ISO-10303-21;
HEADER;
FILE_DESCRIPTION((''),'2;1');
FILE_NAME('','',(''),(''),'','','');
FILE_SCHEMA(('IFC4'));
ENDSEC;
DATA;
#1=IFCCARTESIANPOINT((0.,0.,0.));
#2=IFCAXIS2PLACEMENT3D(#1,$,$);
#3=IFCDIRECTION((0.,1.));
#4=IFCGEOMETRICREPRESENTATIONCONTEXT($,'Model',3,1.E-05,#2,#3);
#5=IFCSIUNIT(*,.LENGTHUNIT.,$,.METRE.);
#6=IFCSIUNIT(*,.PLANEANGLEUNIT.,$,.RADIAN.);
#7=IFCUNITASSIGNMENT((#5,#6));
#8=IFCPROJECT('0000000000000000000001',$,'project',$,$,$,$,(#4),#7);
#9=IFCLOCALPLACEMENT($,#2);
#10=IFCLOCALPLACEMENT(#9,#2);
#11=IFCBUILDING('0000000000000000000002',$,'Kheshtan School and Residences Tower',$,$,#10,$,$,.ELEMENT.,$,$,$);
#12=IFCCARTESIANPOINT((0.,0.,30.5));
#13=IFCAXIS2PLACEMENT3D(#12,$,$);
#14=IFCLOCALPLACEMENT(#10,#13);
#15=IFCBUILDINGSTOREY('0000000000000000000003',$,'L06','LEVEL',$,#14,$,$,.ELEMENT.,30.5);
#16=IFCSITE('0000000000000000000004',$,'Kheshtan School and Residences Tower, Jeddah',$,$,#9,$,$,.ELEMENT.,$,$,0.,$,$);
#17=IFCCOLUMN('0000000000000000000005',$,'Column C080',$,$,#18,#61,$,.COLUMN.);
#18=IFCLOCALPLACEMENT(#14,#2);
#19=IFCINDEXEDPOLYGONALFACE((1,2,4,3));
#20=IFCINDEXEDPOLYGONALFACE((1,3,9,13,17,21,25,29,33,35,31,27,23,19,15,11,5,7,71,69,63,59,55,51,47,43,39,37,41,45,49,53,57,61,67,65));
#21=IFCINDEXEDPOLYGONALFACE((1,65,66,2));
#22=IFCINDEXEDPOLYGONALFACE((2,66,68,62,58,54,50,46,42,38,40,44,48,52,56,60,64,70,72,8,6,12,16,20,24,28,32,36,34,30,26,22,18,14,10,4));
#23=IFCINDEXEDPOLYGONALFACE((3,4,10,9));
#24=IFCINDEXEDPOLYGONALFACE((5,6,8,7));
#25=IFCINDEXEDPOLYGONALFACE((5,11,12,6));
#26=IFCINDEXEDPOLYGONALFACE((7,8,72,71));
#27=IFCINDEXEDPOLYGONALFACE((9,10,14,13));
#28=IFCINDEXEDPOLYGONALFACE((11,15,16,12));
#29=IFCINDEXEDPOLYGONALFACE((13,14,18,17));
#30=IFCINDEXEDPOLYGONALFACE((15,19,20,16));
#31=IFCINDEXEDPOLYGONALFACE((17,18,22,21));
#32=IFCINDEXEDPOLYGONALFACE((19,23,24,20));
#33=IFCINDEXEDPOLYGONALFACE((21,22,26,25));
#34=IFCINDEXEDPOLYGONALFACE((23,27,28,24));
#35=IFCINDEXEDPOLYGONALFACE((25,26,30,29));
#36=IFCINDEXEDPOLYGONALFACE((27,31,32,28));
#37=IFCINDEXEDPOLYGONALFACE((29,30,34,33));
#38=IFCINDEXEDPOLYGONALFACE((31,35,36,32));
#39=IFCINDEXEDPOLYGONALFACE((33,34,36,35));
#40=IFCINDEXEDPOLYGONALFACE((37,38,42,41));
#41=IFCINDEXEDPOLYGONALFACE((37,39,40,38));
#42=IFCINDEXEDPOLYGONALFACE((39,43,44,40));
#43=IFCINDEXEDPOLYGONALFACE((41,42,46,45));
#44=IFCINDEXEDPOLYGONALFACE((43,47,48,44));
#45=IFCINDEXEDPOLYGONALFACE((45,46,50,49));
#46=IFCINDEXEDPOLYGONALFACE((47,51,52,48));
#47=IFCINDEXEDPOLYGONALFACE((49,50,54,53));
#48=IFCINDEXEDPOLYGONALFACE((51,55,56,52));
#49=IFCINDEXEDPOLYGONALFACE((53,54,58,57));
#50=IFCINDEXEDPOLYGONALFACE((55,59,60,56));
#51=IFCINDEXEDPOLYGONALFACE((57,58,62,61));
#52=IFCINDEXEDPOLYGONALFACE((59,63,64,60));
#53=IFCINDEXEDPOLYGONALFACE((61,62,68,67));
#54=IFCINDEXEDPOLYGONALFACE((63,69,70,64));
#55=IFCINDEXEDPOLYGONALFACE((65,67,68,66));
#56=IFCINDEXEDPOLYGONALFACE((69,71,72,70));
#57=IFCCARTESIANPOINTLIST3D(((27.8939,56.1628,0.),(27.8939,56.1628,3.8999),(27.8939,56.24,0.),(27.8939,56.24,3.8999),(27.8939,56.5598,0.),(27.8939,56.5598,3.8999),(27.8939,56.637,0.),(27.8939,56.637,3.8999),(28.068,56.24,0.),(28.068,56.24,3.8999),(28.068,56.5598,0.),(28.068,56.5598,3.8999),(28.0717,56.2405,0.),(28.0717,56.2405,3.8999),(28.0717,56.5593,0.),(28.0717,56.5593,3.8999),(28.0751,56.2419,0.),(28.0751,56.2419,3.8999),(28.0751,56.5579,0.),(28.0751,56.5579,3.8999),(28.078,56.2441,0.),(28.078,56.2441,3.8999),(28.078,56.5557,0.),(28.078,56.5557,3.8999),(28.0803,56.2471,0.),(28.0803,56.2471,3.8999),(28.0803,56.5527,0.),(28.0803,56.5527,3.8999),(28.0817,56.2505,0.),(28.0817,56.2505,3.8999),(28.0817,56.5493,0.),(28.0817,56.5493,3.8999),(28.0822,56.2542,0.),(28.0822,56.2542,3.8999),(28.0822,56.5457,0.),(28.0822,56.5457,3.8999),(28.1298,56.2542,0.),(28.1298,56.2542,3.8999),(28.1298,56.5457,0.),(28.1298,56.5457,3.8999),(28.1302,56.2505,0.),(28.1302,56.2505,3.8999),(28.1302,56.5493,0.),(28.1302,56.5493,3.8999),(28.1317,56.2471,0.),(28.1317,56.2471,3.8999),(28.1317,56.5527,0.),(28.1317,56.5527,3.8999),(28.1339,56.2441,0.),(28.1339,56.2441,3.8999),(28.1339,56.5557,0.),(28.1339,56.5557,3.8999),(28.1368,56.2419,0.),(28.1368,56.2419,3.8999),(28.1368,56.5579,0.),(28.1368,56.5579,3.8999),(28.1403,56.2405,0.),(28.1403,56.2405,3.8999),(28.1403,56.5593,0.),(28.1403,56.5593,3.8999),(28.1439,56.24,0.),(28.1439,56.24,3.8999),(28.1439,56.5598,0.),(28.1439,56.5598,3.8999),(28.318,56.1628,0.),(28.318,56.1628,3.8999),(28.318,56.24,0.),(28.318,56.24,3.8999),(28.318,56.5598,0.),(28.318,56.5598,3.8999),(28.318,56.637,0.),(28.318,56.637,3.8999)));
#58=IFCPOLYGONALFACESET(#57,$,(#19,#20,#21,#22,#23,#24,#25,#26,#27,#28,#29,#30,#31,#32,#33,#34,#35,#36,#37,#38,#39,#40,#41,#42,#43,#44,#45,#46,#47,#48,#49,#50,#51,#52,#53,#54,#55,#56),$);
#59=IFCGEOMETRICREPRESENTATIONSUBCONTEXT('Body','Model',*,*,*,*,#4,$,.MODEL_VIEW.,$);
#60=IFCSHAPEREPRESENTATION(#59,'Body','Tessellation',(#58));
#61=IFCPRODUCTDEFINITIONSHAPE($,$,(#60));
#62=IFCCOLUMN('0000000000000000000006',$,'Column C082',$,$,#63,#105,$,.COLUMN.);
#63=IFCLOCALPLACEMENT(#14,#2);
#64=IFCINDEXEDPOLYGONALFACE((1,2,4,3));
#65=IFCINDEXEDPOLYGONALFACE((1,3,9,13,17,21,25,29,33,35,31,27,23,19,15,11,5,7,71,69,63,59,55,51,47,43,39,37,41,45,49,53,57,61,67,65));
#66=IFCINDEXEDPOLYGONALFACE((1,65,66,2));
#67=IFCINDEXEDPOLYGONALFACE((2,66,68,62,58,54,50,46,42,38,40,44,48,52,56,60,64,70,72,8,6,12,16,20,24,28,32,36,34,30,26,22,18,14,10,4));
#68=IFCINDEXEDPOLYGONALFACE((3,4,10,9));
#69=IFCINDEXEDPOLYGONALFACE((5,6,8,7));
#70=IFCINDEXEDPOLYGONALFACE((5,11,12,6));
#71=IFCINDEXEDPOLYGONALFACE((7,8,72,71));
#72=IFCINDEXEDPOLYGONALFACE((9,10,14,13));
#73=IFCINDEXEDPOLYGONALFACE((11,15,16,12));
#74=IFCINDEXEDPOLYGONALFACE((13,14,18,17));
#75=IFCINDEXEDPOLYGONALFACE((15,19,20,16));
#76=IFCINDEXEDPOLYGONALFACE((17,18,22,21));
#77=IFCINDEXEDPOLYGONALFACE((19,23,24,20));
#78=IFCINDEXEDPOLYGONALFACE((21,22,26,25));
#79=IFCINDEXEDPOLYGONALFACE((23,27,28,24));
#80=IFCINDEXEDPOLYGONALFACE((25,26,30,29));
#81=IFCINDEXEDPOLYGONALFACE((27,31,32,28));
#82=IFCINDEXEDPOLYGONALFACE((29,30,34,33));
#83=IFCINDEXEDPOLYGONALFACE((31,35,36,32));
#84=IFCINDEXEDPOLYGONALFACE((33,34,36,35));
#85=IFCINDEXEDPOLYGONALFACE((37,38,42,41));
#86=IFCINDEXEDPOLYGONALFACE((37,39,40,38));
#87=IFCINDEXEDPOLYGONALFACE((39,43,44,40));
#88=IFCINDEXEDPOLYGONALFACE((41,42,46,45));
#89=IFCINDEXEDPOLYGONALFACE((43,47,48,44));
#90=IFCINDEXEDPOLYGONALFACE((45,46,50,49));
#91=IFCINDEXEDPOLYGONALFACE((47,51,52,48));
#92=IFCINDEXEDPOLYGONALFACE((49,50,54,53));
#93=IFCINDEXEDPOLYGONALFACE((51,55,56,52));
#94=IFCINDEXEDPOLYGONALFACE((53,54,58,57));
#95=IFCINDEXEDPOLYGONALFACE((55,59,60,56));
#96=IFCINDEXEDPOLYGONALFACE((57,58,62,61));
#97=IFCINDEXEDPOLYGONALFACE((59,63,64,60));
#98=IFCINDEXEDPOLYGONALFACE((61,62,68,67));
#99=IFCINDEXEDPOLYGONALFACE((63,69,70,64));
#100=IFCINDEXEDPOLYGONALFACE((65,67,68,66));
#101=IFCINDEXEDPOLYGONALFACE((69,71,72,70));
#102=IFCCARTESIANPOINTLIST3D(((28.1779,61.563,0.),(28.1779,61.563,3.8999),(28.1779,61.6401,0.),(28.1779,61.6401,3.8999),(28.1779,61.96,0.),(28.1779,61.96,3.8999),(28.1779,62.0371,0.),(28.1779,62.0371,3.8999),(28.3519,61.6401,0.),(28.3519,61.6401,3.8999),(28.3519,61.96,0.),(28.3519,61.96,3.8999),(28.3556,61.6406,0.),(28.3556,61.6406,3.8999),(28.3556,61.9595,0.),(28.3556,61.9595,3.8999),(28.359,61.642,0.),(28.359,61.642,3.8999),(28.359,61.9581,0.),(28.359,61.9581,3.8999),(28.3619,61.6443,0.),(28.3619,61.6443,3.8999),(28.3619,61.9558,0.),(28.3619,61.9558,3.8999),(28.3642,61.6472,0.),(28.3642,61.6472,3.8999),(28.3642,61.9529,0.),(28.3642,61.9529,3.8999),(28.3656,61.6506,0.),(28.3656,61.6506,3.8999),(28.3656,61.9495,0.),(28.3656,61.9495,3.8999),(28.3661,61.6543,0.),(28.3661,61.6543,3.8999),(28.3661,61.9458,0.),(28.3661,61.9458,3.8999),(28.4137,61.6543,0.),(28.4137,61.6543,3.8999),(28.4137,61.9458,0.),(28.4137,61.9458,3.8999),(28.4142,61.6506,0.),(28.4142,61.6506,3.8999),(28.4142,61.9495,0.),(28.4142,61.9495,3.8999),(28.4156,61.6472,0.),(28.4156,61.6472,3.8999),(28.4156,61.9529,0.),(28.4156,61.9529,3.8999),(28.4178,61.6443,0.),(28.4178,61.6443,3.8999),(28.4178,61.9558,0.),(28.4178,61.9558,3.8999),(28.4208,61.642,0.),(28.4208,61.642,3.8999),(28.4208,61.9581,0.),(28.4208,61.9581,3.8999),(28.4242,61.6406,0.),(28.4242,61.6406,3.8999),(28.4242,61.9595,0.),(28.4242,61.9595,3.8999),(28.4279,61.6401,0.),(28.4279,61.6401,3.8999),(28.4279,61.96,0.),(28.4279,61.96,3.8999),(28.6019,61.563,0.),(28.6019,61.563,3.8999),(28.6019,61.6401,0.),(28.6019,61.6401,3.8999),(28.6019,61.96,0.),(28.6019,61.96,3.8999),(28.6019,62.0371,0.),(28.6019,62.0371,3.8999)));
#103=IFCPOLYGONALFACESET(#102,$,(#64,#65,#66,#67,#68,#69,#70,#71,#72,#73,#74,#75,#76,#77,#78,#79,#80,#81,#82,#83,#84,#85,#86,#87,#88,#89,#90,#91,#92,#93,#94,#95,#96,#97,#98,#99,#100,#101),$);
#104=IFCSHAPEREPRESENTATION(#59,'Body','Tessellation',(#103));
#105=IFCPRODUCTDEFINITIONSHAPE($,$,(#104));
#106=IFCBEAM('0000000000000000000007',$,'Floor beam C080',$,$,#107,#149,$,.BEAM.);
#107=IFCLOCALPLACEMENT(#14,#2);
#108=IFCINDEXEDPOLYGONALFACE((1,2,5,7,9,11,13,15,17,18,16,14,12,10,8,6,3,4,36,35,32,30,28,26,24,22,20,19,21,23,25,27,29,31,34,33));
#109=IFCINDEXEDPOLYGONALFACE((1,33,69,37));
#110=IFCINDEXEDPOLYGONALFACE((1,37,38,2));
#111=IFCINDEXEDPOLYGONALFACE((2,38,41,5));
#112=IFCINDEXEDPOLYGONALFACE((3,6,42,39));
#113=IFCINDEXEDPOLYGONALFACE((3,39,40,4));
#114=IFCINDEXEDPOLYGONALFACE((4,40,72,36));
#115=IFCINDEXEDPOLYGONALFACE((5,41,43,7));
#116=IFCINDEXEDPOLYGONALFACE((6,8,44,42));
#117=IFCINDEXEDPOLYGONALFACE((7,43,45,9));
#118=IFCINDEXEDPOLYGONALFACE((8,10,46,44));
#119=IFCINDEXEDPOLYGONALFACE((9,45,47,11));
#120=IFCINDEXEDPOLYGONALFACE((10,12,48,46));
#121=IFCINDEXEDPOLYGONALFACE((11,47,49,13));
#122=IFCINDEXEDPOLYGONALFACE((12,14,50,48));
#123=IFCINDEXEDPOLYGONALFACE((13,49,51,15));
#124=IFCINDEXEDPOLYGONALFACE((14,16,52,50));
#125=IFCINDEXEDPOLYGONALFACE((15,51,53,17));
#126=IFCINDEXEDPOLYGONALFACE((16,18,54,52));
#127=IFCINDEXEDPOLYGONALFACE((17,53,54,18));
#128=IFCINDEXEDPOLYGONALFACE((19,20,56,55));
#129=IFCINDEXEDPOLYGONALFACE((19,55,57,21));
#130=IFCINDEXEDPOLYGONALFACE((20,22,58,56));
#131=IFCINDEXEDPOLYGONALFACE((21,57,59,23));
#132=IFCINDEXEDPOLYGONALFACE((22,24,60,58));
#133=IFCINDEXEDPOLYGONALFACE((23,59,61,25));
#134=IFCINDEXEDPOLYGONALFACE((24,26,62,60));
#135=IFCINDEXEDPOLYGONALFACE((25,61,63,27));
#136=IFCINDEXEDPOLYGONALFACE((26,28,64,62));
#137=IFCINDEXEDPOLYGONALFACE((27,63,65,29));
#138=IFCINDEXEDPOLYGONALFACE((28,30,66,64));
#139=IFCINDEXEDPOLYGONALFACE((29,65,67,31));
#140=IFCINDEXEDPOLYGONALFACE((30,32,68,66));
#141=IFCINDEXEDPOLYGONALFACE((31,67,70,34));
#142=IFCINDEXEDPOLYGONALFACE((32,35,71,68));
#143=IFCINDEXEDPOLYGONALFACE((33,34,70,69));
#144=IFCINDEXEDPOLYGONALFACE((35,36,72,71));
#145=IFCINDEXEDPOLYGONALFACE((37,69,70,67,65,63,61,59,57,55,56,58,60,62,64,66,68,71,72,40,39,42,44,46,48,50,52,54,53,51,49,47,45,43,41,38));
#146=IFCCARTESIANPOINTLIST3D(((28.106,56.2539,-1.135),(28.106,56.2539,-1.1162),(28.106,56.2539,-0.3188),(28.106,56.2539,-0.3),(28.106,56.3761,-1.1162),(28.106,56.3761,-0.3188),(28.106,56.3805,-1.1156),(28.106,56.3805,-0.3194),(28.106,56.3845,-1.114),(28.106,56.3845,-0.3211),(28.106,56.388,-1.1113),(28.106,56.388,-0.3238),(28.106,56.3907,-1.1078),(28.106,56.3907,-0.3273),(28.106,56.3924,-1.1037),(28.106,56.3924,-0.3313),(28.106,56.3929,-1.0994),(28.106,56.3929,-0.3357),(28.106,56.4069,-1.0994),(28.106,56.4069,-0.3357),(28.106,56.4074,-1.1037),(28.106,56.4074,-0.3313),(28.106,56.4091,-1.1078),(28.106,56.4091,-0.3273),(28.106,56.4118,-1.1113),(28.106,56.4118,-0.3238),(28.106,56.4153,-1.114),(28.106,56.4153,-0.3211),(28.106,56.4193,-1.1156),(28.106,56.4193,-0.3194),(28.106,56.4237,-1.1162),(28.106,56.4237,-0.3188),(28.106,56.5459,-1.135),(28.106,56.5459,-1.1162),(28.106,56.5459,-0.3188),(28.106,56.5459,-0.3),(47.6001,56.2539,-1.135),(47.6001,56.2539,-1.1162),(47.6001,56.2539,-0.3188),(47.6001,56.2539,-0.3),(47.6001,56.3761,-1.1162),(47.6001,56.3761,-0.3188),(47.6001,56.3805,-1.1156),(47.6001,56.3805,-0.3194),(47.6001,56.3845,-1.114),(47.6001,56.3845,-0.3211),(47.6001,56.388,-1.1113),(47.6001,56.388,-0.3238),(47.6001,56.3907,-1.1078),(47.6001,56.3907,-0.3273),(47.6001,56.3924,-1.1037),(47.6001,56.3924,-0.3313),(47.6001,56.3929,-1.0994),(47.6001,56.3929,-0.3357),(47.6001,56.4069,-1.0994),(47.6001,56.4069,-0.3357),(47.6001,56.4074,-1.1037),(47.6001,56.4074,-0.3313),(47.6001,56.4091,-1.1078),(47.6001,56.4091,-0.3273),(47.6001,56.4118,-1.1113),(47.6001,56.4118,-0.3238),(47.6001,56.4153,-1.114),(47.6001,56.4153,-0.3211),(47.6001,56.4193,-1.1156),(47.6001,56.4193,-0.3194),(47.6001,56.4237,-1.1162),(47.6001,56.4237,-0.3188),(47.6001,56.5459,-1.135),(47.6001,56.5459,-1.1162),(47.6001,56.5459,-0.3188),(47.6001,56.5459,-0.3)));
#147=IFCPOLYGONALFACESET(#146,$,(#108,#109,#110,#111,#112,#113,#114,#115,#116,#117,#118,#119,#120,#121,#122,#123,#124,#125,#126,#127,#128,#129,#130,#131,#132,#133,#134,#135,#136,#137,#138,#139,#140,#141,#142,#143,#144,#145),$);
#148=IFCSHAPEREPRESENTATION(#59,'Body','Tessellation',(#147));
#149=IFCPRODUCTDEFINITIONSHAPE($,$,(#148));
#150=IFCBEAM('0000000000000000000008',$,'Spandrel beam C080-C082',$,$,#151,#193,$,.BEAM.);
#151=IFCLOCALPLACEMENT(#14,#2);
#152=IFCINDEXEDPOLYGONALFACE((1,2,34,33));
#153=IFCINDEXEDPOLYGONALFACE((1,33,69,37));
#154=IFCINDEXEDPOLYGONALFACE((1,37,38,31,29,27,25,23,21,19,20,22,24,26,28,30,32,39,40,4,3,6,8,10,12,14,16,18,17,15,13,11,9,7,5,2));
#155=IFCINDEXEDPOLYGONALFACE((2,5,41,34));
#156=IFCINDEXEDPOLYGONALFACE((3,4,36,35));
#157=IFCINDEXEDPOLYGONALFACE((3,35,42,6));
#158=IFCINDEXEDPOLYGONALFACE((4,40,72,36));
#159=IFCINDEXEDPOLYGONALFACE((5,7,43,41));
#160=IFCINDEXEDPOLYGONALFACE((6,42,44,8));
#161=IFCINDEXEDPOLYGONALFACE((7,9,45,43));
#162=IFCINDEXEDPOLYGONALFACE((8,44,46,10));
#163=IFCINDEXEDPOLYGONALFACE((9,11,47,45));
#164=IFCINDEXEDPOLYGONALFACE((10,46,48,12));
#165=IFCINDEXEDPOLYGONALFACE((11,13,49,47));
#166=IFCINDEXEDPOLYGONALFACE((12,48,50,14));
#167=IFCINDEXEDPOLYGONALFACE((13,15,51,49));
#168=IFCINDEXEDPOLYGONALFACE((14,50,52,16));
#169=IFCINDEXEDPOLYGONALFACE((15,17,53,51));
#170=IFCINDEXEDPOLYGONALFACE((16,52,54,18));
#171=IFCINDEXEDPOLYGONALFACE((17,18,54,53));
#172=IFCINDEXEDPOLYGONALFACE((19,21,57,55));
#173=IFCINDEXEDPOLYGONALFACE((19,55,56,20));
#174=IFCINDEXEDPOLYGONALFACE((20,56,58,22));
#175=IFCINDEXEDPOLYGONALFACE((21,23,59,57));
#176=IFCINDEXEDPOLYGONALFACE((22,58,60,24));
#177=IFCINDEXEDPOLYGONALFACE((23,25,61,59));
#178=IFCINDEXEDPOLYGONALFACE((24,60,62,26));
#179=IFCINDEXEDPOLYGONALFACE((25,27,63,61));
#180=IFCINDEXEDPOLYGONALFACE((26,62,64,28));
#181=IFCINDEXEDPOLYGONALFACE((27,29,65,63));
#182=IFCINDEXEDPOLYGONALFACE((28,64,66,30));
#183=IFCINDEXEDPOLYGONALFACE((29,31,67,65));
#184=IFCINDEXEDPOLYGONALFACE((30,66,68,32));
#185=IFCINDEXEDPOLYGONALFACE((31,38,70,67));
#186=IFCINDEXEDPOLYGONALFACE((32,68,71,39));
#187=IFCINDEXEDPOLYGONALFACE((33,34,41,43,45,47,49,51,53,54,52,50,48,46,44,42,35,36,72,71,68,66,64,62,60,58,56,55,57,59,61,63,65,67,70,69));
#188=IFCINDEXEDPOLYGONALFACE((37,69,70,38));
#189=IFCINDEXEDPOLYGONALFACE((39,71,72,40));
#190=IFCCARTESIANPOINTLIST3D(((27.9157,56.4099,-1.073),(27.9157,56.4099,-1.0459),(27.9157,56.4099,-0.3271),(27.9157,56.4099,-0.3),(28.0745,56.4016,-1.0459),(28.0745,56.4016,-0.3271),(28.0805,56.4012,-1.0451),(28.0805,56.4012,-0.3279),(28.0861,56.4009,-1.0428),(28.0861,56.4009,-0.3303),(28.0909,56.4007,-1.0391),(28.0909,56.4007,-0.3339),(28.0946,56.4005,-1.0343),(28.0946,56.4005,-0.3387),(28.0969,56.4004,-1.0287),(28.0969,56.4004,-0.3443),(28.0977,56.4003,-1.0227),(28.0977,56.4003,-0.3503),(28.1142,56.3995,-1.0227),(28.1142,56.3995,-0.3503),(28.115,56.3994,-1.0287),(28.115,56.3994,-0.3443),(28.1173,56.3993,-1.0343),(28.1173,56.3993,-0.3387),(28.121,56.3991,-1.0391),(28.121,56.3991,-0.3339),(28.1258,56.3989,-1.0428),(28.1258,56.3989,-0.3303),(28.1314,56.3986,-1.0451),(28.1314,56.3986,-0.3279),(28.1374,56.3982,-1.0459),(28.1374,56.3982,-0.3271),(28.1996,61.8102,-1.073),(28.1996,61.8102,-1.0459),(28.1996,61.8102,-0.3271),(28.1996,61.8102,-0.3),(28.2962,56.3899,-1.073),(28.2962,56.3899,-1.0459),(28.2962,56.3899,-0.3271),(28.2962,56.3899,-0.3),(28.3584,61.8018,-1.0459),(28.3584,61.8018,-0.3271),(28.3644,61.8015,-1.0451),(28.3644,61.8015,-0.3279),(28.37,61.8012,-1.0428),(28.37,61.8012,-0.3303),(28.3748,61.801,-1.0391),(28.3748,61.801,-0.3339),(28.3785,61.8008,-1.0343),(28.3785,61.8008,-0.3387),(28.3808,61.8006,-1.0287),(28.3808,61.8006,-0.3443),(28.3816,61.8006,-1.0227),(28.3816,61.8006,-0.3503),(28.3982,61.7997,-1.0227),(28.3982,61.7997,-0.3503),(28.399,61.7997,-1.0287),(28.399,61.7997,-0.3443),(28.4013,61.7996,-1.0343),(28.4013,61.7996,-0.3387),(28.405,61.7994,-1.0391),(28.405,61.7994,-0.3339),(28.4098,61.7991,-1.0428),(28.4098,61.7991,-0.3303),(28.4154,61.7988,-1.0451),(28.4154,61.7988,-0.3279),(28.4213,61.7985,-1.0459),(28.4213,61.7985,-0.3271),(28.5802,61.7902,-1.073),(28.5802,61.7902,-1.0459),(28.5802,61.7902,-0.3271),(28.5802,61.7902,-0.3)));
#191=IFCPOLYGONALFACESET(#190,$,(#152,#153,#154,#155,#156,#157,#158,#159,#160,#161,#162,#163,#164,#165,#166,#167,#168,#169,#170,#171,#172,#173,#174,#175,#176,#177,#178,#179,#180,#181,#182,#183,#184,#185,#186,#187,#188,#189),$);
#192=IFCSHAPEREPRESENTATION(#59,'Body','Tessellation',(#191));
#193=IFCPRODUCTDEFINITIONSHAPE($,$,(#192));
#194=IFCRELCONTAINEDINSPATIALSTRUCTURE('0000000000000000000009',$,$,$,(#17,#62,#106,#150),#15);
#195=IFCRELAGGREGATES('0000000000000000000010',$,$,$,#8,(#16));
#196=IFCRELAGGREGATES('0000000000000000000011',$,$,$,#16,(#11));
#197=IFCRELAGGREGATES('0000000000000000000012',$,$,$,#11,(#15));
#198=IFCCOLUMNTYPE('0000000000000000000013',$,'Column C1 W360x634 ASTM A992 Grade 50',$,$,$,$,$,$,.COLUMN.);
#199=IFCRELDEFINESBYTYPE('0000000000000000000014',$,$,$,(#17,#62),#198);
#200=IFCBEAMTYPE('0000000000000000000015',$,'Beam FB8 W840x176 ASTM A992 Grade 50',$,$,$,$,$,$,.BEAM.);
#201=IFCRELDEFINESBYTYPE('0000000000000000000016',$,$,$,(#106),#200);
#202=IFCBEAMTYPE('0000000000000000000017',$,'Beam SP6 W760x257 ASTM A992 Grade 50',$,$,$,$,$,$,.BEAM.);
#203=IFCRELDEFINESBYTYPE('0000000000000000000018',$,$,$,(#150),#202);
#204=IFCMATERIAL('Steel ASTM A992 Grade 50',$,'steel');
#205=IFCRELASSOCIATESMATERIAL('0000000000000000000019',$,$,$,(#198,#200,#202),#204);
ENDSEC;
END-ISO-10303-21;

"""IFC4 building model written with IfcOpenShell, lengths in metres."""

from ifc_helpers import new_model, si_unit, direction, frame, origin, origin_2d, place, context, subcontext, project, spatial, i_section, extrude, material, material_profile, profile_set, type_object, element, save


model = new_model("IFC4")

# Units and contexts
model_context = context("Model", 3, precision=1e-05, world=origin(), true_north=direction((0.0, 1.0)))
body_context = subcontext(model_context, "Body", "Model", "MODEL_VIEW")
ifc_project = project(units=[si_unit("LENGTHUNIT", "METRE"), si_unit("PLANEANGLEUNIT", "RADIAN")], contexts=[model_context])

# Site, building, storey
site_placement = place(None, origin())
site = spatial("IfcSite", under=ifc_project, at=site_placement, Name="Kheshtan School and Residences Tower, Jeddah", CompositionType="ELEMENT", RefElevation=0.0)
building_placement = place(site_placement, origin())
building = spatial("IfcBuilding", under=site, at=building_placement, Name="Kheshtan School and Residences Tower", CompositionType="ELEMENT")
storey_placement = place(building_placement, frame((0.0, 0.0, 30.5)))
storey = spatial("IfcBuildingStorey", under=building, at=storey_placement, Name="L06", Description="LEVEL", CompositionType="ELEMENT", Elevation=30.5)

# Columns
ifc_material_1 = material(Name="Steel ASTM A992 Grade 50", Category="steel")
ifc_material_profile_1 = material_profile(ifc_material_1, i_section(OverallWidth=0.4241, OverallDepth=0.4741, WebThickness=0.0476, FlangeThickness=0.0771, FilletRadius=0.0142, at=origin_2d()), Name="W360x634")
ifc_profile_set_1 = profile_set([ifc_material_profile_1], Name="Steel ASTM A992 Grade 50")
column_type = type_object("IfcColumnType", Name="Column C1 W360x634 ASTM A992 Grade 50", PredefinedType="COLUMN", material=ifc_profile_set_1)
for number, where, z_axis, x_axis, name in (
    (1, (28.106, 56.3999, 0.0), (0.0, 0.0, 1.0), (1.0, 0.0, 0.0), "Column C080"),
    (2, (28.3899, 61.8, 0.0), (0.0, 0.0, 1.0), (1.0, 0.0, 0.0), "Column C082"),
):
    element("IfcColumn", number, at=place(storey_placement, frame(where, z_axis=z_axis, x_axis=x_axis)), inside=storey, type_object=column_type, Name=name, PredefinedType="COLUMN", context=body_context, shape_type="SweptSolid", body=[
        extrude(i_section(OverallWidth=0.4241, OverallDepth=0.4741, WebThickness=0.0476, FlangeThickness=0.0771, FilletRadius=0.0142, at=origin_2d()), origin(), (0.0, 0.0, 1.0), 3.8999),
    ])

# Beams
ifc_material_profile_2 = material_profile(ifc_material_1, i_section(OverallWidth=0.292, OverallDepth=0.835, WebThickness=0.0139, FlangeThickness=0.0188, FilletRadius=0.0168, at=origin_2d()), Name="W840x176")
ifc_profile_set_2 = profile_set([ifc_material_profile_2], Name="Steel ASTM A992 Grade 50")
beam_type_1 = type_object("IfcBeamType", Name="Beam FB8 W840x176 ASTM A992 Grade 50", PredefinedType="BEAM", material=ifc_profile_set_2)
beam_1_placement = place(storey_placement, frame((28.106, 56.3999, -0.7175), z_axis=(1.0, 0.0, 0.0), x_axis=(0.0, 1.0, 0.0)))
element("IfcBeam", 3, at=beam_1_placement, inside=storey, type_object=beam_type_1, Name="Floor beam C080", PredefinedType="BEAM", context=body_context, shape_type="SweptSolid", body=[
    extrude(i_section(OverallWidth=0.292, OverallDepth=0.835, WebThickness=0.0139, FlangeThickness=0.0188, FilletRadius=0.0168, at=origin_2d()), origin(), (0.0, 0.0, 1.0), 19.4941),
])
ifc_material_profile_3 = material_profile(ifc_material_1, i_section(OverallWidth=0.3811, OverallDepth=0.7729, WebThickness=0.0166, FlangeThickness=0.0271, FilletRadius=0.0232, at=origin_2d()), Name="W760x257")
ifc_profile_set_3 = profile_set([ifc_material_profile_3], Name="Steel ASTM A992 Grade 50")
beam_type_2 = type_object("IfcBeamType", Name="Beam SP6 W760x257 ASTM A992 Grade 50", PredefinedType="BEAM", material=ifc_profile_set_3)
beam_2_placement = place(storey_placement, frame((28.106, 56.3999, -0.6865), z_axis=(0.052507, 0.998621, 0.0), x_axis=(-0.998621, 0.052507, 0.0)))
element("IfcBeam", 4, at=beam_2_placement, inside=storey, type_object=beam_type_2, Name="Spandrel beam C080-C082", PredefinedType="BEAM", context=body_context, shape_type="SweptSolid", body=[
    extrude(i_section(OverallWidth=0.3811, OverallDepth=0.7729, WebThickness=0.0166, FlangeThickness=0.0271, FilletRadius=0.0232, at=origin_2d()), origin(), (0.0, 0.0, 1.0), 5.4077),
])

save(model, "model.ifc")
